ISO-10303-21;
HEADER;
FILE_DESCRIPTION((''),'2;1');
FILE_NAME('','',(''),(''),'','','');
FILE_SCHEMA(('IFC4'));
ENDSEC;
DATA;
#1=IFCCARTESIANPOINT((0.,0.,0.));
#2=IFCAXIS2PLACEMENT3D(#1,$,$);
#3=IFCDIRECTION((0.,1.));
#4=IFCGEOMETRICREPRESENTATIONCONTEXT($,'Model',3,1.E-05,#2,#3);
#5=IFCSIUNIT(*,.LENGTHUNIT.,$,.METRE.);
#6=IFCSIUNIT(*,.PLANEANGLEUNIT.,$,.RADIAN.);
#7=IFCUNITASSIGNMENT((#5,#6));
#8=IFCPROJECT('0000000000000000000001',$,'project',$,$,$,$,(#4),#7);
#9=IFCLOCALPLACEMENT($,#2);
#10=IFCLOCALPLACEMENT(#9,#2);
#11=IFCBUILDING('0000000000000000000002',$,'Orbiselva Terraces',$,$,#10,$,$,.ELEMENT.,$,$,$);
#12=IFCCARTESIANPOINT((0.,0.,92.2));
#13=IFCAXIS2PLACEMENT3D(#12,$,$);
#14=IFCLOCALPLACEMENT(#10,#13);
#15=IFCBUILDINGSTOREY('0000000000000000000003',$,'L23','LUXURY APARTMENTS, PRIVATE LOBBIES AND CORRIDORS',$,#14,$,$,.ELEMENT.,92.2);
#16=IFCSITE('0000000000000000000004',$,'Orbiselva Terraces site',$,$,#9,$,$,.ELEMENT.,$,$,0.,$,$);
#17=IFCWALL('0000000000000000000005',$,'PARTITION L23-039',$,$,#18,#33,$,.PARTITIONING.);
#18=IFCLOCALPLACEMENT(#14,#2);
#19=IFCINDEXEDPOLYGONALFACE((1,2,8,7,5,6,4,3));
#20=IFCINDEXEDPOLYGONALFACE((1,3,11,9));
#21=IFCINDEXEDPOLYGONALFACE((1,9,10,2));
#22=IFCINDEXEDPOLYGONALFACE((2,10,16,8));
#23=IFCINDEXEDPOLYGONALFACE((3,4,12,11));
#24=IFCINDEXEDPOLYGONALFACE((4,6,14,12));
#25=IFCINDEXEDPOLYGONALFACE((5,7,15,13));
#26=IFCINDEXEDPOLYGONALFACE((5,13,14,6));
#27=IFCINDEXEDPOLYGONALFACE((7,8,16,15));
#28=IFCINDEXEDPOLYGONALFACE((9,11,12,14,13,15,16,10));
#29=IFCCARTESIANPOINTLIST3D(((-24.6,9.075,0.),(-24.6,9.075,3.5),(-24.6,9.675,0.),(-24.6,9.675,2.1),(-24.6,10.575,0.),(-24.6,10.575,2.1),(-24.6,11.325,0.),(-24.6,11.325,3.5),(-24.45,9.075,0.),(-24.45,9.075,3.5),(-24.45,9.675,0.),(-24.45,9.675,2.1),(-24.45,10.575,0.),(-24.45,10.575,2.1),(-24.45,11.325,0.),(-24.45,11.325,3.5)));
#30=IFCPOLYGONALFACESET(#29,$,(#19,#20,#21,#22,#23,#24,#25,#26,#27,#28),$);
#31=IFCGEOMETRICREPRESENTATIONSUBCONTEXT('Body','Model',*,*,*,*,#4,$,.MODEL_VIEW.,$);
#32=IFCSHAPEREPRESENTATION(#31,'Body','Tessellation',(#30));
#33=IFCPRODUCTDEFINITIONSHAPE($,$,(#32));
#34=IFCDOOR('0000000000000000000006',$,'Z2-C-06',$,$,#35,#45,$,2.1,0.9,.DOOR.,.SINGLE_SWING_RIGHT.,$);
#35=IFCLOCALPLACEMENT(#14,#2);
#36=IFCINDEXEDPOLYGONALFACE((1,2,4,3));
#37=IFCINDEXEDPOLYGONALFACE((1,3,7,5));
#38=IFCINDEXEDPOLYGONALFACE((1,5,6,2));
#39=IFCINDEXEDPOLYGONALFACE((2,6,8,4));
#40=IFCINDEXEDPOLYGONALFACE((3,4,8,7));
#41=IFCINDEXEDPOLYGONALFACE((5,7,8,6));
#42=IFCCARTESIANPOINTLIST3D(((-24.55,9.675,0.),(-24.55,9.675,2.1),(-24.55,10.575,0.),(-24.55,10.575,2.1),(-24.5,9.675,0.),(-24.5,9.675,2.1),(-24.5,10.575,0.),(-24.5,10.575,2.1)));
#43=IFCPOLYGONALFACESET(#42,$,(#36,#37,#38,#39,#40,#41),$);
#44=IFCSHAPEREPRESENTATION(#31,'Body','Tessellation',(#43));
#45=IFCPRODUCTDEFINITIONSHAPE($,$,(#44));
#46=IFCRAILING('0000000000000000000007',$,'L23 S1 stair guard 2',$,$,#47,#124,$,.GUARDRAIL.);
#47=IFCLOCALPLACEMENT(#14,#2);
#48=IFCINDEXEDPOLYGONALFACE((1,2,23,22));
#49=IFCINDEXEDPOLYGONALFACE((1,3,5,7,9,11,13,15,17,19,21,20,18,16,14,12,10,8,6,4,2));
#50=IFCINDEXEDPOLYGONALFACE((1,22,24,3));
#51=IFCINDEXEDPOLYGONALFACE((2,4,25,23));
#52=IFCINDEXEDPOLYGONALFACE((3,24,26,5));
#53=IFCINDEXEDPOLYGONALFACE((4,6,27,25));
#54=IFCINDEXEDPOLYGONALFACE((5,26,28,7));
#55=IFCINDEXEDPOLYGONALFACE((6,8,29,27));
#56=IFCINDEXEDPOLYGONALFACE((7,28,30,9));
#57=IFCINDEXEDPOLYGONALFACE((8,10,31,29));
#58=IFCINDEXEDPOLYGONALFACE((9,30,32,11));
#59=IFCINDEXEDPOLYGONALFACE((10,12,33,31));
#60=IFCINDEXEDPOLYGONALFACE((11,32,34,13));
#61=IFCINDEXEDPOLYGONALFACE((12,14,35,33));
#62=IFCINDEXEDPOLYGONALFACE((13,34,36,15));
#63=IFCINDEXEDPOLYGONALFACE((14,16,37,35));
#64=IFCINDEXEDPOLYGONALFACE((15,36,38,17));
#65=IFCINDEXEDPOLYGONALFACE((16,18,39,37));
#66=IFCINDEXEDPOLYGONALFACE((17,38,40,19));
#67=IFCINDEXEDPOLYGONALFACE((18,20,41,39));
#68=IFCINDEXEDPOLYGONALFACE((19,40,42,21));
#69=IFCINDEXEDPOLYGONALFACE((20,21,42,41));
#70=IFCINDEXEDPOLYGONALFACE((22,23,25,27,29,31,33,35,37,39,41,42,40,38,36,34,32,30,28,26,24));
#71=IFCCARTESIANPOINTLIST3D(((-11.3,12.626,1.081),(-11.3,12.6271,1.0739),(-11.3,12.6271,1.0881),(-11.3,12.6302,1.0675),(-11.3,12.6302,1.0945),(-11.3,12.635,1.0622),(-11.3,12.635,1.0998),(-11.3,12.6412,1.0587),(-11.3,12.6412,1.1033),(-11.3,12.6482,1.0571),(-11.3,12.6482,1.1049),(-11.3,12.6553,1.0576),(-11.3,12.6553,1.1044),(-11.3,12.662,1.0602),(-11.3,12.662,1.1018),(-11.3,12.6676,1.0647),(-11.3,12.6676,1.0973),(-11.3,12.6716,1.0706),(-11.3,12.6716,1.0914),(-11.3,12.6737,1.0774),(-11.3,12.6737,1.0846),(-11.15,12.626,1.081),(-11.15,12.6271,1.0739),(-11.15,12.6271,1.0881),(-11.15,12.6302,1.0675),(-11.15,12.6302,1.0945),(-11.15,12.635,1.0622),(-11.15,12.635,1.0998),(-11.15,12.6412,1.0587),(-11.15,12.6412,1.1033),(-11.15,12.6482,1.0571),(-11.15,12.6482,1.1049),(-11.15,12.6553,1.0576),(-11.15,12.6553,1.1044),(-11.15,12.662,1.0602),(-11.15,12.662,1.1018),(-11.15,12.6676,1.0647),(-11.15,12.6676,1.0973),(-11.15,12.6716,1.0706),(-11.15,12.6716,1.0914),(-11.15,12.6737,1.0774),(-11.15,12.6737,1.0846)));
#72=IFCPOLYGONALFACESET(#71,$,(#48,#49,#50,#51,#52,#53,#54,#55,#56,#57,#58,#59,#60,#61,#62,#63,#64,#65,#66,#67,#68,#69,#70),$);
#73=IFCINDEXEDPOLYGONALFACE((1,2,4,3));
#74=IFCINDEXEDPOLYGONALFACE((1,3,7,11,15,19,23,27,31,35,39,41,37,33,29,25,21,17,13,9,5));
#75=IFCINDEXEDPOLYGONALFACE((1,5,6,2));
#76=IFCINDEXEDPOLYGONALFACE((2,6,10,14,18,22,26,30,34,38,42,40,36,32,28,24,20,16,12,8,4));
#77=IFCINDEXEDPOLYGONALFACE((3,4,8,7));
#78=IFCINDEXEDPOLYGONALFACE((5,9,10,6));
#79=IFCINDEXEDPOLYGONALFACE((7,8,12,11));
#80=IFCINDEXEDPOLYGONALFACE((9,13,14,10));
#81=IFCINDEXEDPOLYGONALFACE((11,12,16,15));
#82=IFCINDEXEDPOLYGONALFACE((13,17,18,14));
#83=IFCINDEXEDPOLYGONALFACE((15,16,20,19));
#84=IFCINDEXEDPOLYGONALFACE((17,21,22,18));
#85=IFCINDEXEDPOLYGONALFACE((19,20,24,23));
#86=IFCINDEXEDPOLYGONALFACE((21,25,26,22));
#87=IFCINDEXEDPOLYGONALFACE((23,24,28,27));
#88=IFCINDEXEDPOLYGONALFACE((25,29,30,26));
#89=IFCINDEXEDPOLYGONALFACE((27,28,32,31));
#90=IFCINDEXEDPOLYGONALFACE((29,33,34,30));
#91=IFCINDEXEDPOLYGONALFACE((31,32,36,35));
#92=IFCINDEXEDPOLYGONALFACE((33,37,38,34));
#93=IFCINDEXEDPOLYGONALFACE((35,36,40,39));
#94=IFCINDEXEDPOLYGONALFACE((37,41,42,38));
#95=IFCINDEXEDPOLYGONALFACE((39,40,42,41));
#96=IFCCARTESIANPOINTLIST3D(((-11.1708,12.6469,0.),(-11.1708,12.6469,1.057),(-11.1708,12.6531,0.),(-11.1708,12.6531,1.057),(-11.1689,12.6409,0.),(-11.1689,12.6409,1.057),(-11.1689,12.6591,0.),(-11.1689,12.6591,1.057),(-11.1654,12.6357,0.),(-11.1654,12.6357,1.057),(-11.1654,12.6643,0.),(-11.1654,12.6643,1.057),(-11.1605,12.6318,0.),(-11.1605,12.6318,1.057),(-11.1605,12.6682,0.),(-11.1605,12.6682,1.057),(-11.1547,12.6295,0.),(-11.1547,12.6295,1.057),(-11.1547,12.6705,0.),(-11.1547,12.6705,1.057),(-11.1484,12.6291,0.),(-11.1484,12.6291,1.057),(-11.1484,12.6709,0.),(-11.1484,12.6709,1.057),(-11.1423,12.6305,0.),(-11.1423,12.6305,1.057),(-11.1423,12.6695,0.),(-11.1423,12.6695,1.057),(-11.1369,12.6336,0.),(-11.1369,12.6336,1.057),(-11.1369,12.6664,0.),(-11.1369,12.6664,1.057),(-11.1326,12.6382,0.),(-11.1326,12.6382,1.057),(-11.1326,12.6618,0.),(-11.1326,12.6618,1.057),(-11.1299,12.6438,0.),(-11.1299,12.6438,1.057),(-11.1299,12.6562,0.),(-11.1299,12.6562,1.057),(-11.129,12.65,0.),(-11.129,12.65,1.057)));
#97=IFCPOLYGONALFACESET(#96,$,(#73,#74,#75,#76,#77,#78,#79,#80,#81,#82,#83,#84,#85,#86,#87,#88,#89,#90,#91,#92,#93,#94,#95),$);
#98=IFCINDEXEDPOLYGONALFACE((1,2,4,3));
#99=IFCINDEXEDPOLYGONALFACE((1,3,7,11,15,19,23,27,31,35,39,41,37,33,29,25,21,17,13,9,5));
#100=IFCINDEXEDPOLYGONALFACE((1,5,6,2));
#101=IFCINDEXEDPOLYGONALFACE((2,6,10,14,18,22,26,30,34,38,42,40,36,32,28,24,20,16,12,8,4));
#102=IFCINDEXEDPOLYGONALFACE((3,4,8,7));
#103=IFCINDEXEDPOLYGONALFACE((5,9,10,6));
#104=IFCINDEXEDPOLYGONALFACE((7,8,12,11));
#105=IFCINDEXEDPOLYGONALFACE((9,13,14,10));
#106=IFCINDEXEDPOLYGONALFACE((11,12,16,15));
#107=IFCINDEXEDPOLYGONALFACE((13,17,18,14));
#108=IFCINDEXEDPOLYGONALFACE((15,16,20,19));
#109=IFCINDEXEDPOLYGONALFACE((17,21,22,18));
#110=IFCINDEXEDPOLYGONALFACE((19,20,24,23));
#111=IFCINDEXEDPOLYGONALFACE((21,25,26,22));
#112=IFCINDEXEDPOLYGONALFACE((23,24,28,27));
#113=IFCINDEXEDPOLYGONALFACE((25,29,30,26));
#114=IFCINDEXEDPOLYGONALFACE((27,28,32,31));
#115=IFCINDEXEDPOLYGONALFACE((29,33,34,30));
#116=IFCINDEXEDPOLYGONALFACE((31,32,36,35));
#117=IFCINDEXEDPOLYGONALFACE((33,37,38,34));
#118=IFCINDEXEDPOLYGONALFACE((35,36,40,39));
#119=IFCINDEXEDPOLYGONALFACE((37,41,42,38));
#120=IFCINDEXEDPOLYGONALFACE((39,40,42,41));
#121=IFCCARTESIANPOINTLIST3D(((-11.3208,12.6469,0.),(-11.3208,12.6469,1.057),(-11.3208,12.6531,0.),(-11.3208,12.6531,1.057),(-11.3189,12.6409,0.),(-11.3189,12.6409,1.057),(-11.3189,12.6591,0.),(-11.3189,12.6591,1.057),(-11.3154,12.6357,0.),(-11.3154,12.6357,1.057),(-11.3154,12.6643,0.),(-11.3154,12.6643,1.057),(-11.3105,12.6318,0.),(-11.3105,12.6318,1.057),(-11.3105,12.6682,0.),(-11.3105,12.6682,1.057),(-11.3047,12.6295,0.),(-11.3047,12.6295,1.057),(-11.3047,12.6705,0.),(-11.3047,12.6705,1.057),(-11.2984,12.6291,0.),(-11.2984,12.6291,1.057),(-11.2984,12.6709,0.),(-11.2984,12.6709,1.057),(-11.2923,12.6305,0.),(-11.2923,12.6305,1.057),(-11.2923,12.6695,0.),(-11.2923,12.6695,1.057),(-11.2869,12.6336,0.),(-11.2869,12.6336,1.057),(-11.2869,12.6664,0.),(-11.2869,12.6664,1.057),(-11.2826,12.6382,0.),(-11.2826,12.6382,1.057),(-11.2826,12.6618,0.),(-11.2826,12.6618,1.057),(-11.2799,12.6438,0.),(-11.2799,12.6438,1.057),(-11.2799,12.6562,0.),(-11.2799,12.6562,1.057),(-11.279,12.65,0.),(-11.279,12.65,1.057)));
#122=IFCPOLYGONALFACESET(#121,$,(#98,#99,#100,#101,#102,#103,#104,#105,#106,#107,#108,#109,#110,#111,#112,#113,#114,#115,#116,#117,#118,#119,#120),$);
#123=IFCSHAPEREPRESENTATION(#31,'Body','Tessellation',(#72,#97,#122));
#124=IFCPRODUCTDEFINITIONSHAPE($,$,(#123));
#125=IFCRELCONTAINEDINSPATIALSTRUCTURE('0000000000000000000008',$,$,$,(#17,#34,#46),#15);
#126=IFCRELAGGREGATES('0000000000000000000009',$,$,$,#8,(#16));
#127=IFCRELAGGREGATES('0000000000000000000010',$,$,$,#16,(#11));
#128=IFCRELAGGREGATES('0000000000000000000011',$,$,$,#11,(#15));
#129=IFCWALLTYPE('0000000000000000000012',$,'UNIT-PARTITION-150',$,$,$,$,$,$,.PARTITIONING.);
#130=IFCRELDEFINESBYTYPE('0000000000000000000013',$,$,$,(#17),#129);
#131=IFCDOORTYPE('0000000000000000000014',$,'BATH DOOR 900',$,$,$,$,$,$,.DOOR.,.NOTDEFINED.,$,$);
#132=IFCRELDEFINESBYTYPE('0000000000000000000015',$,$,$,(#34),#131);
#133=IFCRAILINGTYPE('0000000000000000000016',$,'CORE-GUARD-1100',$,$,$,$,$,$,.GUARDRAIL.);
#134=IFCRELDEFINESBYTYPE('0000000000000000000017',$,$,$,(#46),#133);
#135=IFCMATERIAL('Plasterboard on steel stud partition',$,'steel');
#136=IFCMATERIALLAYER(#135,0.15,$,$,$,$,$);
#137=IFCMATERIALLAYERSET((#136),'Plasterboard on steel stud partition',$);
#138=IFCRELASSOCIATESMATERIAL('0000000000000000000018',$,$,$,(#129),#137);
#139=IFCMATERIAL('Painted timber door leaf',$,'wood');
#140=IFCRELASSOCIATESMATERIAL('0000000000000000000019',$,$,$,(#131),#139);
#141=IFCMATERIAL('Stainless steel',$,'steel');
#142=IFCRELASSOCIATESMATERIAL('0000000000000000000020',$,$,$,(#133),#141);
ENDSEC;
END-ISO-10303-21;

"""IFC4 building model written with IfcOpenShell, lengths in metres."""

from ifc_helpers import new_model, si_unit, direction, frame, frame_2d, origin, origin_2d, place, context, subcontext, project, spatial, rectangle, circle, extrude, material, layer, layer_set, type_object, element, fill, save


model = new_model("IFC4")

# Units and contexts
model_context = context("Model", 3, precision=1e-05, world=origin(), true_north=direction((0.0, 1.0)))
body_context = subcontext(model_context, "Body", "Model", "MODEL_VIEW")
ifc_project = project(units=[si_unit("LENGTHUNIT", "METRE"), si_unit("PLANEANGLEUNIT", "RADIAN")], contexts=[model_context])

# Site, building, storey
site_placement = place(None, origin())
site = spatial("IfcSite", under=ifc_project, at=site_placement, Name="Orbiselva Terraces site", CompositionType="ELEMENT", RefElevation=0.0)
building_placement = place(site_placement, origin())
building = spatial("IfcBuilding", under=site, at=building_placement, Name="Orbiselva Terraces", CompositionType="ELEMENT")
storey_placement = place(building_placement, frame((0.0, 0.0, 92.2)))
storey = spatial("IfcBuildingStorey", under=building, at=storey_placement, Name="L23", Description="LUXURY APARTMENTS, PRIVATE LOBBIES AND CORRIDORS", CompositionType="ELEMENT", Elevation=92.2)

# Shared definitions
ifc_material_1 = material(Name="Plasterboard on steel stud partition", Category="steel")

# Shared definitions
ifc_material_2 = material(Name="Painted timber door leaf", Category="wood")

# Shared definitions
ifc_layer_1 = layer(ifc_material_1, 0.15)
ifc_layer_set_1 = layer_set([ifc_layer_1], Name="Plasterboard on steel stud partition")
wall_type_1 = type_object("IfcWallType", Name="UNIT-PARTITION-150", PredefinedType="PARTITIONING", material=ifc_layer_set_1)

# Wall, opening, door
door_type_1 = type_object("IfcDoorType", Name="BATH DOOR 900", OperationType="NOTDEFINED", PredefinedType="DOOR", material=ifc_material_2)
wall_1_placement = place(storey_placement, frame((-24.525, 11.325, 0.0), z_axis=(0.0, 0.0, 1.0), x_axis=(0.0, -1.0, 0.0)))
wall_1 = element("IfcWall", 1, at=wall_1_placement, inside=storey, type_object=wall_type_1, Name="PARTITION L23-039", PredefinedType="PARTITIONING", context=body_context, shape_type="SweptSolid", body=[
    extrude(rectangle(XDim=2.25, YDim=0.15, at=frame_2d((1.125, 0.0))), origin(), (0.0, 0.0, 1.0), 3.5),
])
opening_1_placement = place(wall_1_placement, frame((0.75, 0.0, 0.0)))
opening_1 = element("IfcOpeningElement", 2, at=opening_1_placement, cuts=wall_1, PredefinedType="OPENING", context=body_context, shape_type="SweptSolid", body=[
    extrude(rectangle(XDim=0.9, YDim=2.1, at=frame_2d((0.45, 1.05))), frame((0.0, 0.085, 0.0), z_axis=(0.0, -1.0, 0.0), x_axis=(1.0, 0.0, 0.0)), (0.0, 0.0, 1.0), 0.17),
])
door_1_placement = place(opening_1_placement, origin())
door_1 = element("IfcDoor", 3, at=door_1_placement, inside=storey, type_object=door_type_1, Name="Z2-C-06", OperationType="SINGLE_SWING_RIGHT", OverallHeight=2.1, OverallWidth=0.9, PredefinedType="DOOR", context=body_context, shape_type="SweptSolid", body=[
    extrude(rectangle(XDim=0.9, YDim=2.1, at=frame_2d((0.45, 1.05))), frame((0.0, 0.025, 0.0), z_axis=(0.0, -1.0, 0.0), x_axis=(1.0, 0.0, 0.0)), (0.0, 0.0, 1.0), 0.05),
])
fill(opening_1, door_1)

# Railing
ifc_material_3 = material(Name="Stainless steel", Category="steel")
railing_type_1 = type_object("IfcRailingType", Name="CORE-GUARD-1100", PredefinedType="GUARDRAIL", material=ifc_material_3)
railing_1_placement = place(storey_placement, frame((-11.15, 12.65, 0.0)))
element("IfcRailing", 4, at=railing_1_placement, inside=storey, type_object=railing_type_1, Name="L23 S1 stair guard 2", PredefinedType="GUARDRAIL", context=body_context, shape_type="SweptSolid", body=[
    extrude(circle(Radius=0.024, at=origin_2d()), frame((0.0, 0.0, 1.081), z_axis=(-1.0, 0.0, 0.0), x_axis=(0.0, -1.0, 0.0)), (0.0, 0.0, 1.0), 0.15),
    extrude(circle(Radius=0.021, at=origin_2d()), origin(), (0.0, 0.0, 1.0), 1.057),
    extrude(circle(Radius=0.021, at=origin_2d()), frame((-0.15, 0.0, 0.0)), (0.0, 0.0, 1.0), 1.057),
])

save(model, "model.ifc")
